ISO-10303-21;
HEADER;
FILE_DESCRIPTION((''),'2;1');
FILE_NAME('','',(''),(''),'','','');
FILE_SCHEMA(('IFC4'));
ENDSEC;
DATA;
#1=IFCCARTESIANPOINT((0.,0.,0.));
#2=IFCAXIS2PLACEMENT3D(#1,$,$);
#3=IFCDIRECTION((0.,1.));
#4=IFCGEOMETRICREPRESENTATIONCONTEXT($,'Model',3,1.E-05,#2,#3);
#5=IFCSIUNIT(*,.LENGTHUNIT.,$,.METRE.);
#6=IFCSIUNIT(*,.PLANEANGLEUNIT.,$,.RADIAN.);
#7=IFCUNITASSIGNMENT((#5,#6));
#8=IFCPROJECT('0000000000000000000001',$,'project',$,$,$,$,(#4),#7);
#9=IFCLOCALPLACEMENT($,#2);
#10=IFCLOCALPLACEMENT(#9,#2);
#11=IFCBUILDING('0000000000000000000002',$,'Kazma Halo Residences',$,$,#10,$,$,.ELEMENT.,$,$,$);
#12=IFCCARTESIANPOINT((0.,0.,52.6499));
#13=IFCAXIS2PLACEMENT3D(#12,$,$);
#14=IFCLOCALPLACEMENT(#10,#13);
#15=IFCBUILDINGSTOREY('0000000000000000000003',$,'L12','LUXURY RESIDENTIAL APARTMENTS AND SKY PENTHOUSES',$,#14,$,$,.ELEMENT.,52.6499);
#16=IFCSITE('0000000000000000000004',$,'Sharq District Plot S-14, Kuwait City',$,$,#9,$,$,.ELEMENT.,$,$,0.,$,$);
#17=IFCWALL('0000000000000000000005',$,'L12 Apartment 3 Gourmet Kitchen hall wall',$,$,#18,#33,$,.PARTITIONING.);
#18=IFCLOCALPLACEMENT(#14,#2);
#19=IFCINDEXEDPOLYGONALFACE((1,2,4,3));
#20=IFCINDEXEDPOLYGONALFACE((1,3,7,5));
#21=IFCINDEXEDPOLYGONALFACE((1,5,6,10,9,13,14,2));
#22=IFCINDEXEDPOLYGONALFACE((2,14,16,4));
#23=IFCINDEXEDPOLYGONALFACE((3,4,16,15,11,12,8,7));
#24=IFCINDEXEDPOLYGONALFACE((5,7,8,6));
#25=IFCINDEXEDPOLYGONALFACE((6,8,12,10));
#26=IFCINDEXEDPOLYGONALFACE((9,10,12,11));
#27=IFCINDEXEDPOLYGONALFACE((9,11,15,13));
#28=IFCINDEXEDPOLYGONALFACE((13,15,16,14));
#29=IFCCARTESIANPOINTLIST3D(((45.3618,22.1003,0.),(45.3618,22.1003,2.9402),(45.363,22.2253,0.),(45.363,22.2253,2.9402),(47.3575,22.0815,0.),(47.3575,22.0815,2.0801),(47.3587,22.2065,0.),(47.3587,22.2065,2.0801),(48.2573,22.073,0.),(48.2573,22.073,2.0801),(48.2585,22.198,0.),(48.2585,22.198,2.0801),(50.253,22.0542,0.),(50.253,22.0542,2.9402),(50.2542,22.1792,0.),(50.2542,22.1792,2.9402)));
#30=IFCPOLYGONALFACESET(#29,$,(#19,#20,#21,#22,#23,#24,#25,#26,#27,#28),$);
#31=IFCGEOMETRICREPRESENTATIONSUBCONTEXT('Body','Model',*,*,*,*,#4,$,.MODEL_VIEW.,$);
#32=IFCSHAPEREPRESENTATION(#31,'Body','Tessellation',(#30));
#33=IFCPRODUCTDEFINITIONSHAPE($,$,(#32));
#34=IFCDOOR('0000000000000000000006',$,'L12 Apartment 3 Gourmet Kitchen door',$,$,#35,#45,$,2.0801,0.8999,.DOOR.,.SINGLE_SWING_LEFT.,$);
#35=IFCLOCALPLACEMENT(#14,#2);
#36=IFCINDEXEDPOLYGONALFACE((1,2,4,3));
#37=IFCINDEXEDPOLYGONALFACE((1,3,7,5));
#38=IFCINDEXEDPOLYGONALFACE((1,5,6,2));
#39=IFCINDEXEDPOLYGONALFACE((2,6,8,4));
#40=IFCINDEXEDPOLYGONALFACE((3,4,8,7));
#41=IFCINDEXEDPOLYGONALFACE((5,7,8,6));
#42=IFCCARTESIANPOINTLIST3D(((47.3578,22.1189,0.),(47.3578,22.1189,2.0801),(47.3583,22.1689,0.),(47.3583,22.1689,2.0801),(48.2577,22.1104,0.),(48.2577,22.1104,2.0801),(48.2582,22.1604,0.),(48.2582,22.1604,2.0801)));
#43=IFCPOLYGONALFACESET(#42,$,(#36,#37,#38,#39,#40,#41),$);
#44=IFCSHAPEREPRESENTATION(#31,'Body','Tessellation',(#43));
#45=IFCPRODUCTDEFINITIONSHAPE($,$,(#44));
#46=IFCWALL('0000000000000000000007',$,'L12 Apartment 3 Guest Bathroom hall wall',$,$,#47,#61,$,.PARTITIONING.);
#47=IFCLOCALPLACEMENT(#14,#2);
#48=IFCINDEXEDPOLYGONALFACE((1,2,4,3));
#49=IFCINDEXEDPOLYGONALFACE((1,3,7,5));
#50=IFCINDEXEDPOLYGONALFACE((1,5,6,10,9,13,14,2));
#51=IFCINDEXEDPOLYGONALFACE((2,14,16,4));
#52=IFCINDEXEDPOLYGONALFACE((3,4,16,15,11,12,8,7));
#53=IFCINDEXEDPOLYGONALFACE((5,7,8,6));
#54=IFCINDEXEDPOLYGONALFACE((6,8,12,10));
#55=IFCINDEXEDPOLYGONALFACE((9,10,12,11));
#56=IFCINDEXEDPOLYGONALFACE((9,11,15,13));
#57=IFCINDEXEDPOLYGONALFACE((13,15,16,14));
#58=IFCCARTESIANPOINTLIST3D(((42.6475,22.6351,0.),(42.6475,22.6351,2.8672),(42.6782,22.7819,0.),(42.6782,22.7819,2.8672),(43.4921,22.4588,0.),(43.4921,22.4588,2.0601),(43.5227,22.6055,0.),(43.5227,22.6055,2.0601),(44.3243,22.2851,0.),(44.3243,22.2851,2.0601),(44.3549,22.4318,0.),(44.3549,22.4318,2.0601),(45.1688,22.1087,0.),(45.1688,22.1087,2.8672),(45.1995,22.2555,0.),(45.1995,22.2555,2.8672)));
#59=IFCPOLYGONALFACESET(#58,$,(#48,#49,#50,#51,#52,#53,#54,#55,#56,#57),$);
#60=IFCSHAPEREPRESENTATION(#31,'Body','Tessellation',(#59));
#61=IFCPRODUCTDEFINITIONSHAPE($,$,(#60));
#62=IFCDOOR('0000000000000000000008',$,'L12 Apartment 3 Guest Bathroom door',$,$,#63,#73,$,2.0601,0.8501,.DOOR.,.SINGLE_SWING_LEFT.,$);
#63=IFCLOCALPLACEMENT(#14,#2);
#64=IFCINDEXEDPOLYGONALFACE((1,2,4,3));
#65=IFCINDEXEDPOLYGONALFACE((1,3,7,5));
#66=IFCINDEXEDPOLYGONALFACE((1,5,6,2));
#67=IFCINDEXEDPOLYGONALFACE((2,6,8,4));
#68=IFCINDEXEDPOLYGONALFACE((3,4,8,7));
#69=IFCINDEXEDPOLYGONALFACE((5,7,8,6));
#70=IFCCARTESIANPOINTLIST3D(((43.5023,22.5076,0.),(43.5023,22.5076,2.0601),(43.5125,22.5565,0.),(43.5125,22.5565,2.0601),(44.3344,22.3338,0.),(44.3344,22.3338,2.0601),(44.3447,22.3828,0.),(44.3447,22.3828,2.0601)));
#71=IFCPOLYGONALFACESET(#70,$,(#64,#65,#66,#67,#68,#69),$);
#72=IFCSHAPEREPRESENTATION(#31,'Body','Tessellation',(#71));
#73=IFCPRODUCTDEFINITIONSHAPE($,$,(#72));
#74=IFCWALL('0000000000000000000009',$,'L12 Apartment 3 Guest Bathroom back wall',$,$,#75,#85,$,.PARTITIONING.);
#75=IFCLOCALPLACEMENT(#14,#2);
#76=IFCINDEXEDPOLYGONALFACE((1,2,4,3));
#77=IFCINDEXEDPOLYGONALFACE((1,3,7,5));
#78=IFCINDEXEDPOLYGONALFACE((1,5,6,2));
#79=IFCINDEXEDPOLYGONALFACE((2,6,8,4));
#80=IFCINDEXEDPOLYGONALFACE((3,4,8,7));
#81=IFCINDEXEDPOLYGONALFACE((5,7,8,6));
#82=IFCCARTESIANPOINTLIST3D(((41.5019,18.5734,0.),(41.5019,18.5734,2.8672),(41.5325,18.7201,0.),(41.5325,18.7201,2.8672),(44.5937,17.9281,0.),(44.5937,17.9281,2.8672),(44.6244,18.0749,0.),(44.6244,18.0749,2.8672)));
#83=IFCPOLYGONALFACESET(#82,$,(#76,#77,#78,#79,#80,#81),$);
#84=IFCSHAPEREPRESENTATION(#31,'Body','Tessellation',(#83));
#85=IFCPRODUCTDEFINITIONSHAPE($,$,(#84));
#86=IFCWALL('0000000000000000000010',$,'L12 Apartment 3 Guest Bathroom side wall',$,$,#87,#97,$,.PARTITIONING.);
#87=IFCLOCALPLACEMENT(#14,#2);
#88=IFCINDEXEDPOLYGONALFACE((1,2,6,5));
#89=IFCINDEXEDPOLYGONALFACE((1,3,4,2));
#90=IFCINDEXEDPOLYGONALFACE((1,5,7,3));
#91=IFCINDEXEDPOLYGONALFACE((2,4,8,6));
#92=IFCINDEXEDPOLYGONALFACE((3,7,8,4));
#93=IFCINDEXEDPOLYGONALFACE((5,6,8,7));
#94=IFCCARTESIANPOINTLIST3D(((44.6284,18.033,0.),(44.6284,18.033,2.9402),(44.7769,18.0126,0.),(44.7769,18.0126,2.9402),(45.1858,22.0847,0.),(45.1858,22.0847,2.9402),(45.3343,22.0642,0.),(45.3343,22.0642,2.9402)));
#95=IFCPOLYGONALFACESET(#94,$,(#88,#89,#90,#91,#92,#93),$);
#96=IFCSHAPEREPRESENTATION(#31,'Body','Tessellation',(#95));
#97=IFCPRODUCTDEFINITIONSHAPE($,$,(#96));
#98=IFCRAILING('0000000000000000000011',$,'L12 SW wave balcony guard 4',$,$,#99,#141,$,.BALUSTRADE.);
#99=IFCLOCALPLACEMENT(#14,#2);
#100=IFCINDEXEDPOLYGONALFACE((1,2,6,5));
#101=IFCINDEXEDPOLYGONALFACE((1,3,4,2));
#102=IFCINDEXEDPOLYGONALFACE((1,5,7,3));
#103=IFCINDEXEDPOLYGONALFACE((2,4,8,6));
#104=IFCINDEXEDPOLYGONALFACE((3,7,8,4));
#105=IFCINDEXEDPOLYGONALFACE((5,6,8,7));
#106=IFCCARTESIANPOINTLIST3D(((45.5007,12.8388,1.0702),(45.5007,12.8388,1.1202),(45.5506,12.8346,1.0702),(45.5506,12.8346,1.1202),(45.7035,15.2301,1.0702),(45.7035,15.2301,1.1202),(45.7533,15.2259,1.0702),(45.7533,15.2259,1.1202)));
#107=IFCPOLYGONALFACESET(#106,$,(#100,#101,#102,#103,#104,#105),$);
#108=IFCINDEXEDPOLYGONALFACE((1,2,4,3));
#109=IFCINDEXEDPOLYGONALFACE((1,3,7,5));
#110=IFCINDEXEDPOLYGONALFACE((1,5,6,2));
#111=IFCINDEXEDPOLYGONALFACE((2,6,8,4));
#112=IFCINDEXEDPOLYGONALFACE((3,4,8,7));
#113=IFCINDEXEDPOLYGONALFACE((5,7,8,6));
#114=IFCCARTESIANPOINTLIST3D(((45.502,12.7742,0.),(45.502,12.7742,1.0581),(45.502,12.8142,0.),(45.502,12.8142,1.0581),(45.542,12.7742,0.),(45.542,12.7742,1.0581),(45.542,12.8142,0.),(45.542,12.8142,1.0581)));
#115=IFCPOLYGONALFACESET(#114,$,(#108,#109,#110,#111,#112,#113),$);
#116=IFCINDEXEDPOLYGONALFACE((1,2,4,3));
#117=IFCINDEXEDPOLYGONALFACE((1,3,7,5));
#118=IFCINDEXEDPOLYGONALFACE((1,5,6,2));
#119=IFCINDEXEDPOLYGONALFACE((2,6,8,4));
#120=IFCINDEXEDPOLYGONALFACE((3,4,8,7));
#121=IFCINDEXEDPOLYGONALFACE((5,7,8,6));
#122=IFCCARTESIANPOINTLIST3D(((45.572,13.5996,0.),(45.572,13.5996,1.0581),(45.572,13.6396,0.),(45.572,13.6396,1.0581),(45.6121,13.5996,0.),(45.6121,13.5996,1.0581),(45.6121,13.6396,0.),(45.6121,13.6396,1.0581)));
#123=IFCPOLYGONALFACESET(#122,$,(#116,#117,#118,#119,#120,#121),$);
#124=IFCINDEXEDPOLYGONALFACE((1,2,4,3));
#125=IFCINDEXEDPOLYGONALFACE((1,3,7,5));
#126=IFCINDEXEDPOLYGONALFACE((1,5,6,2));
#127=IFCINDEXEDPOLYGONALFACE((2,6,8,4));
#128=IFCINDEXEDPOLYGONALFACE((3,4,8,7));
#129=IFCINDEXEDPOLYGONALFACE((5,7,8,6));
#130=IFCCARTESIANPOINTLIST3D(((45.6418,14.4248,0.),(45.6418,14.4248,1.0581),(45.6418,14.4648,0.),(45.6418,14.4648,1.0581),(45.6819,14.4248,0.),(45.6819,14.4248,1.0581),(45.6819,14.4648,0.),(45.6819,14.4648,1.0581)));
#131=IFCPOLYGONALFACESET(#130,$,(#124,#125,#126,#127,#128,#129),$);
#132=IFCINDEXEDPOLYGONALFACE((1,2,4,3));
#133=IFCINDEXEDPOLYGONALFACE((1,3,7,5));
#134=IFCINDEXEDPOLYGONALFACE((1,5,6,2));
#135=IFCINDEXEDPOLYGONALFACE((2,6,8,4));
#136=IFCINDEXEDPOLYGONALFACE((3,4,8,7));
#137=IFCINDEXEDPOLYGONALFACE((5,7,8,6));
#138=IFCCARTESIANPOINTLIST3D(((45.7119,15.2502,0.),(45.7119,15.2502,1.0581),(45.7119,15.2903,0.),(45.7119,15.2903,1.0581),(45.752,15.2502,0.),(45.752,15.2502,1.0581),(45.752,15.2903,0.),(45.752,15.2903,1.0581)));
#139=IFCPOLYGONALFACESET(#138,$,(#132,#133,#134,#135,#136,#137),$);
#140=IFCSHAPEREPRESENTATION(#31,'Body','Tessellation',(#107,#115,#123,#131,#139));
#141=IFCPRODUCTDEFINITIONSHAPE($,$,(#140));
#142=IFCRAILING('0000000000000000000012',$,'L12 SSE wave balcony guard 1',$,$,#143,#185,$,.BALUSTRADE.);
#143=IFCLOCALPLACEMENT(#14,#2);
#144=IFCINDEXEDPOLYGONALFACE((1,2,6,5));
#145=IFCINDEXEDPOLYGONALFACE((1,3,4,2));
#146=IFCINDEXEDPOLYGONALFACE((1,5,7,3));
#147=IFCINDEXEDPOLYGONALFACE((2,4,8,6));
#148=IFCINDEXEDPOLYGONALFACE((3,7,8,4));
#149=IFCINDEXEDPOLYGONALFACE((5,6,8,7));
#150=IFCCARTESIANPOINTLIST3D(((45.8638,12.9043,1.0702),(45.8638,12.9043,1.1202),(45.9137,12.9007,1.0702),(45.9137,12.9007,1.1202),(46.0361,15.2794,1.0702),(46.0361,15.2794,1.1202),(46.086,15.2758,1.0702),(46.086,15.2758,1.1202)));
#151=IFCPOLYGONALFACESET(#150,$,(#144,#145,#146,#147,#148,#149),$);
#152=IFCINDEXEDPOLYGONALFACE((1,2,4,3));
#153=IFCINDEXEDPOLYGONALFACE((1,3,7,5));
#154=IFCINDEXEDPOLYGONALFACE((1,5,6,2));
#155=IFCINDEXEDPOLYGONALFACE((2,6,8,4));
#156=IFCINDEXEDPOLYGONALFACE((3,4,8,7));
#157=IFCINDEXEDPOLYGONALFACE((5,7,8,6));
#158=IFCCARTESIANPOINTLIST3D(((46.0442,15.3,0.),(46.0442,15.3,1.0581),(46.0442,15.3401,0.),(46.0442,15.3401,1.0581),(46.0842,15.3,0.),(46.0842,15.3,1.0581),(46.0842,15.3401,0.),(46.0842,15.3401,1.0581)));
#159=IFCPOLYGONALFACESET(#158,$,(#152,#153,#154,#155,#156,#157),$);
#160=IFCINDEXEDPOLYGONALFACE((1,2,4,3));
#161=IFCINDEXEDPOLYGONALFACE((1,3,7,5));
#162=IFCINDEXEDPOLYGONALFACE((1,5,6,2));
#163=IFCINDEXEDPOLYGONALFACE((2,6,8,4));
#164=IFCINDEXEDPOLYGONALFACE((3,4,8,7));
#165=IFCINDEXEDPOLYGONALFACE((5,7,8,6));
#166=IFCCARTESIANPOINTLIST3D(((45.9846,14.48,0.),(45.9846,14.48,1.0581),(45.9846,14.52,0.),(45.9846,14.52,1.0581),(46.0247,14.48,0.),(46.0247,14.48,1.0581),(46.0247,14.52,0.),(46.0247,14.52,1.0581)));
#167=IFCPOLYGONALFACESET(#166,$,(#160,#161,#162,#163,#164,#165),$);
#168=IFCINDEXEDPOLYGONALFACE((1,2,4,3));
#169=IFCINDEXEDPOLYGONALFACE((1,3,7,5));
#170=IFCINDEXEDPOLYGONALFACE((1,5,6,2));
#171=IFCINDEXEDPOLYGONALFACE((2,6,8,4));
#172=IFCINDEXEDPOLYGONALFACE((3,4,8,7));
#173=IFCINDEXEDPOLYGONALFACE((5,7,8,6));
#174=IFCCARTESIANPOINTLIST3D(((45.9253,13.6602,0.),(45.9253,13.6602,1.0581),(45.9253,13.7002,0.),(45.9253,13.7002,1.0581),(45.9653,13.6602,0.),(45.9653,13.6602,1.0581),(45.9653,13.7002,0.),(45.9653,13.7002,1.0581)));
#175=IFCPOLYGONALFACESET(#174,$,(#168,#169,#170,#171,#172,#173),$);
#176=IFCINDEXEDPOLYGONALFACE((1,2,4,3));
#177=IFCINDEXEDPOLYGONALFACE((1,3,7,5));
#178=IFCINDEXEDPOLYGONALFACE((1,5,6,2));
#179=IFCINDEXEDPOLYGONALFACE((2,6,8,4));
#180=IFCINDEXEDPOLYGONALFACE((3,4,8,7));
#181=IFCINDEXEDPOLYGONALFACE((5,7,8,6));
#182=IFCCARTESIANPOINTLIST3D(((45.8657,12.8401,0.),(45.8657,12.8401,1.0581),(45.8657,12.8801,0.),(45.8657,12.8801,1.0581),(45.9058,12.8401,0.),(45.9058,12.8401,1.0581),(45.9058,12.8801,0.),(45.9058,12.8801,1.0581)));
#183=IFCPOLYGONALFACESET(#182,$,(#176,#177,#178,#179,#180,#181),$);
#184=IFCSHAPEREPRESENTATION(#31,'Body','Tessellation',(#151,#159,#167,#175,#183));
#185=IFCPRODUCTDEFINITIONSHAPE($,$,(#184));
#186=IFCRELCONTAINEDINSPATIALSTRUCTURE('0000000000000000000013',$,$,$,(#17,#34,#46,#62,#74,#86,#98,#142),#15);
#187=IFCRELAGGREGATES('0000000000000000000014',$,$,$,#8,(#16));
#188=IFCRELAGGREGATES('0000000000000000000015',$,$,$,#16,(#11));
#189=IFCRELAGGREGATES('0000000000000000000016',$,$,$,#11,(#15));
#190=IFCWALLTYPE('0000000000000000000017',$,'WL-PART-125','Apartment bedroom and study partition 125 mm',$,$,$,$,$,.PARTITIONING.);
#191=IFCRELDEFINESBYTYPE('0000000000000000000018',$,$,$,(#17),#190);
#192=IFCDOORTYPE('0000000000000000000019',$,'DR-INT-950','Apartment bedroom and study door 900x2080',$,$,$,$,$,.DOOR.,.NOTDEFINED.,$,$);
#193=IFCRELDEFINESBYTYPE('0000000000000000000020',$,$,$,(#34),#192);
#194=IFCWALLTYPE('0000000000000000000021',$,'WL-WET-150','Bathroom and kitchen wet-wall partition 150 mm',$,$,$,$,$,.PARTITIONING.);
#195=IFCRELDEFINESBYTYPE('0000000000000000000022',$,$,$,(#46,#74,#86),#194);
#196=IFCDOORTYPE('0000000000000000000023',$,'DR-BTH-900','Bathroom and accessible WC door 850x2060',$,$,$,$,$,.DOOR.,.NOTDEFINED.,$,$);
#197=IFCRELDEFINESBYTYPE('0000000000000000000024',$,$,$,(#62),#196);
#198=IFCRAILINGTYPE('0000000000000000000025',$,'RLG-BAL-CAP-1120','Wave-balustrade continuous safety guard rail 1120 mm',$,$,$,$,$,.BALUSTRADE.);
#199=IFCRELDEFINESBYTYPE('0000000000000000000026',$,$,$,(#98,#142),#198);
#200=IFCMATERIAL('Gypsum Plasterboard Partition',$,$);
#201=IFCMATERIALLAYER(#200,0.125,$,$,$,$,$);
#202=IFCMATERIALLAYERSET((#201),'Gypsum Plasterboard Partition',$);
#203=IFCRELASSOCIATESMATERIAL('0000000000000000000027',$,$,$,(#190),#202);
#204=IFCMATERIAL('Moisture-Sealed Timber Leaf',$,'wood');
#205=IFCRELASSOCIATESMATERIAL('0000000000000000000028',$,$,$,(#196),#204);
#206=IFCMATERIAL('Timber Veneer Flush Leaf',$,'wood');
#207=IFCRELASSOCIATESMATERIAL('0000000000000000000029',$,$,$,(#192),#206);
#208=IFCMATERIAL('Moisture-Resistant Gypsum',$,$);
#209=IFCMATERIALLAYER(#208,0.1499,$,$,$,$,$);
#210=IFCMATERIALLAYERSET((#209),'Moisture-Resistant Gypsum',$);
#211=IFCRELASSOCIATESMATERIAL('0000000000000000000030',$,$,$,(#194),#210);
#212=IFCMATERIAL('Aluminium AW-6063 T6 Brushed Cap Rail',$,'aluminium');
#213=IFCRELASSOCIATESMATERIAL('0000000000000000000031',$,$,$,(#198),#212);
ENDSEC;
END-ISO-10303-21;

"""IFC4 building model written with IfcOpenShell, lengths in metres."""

from ifc_helpers import new_model, si_unit, direction, frame, frame_2d, origin, origin_2d, place, context, subcontext, project, spatial, rectangle, extrude, material, layer, layer_set, type_object, element, fill, save


model = new_model("IFC4")

# Units and contexts
model_context = context("Model", 3, precision=1e-05, world=origin(), true_north=direction((0.0, 1.0)))
body_context = subcontext(model_context, "Body", "Model", "MODEL_VIEW")
ifc_project = project(units=[si_unit("LENGTHUNIT", "METRE"), si_unit("PLANEANGLEUNIT", "RADIAN")], contexts=[model_context])

# Site, building, storey
site_placement = place(None, origin())
site = spatial("IfcSite", under=ifc_project, at=site_placement, Name="Sharq District Plot S-14, Kuwait City", CompositionType="ELEMENT", RefElevation=0.0)
building_placement = place(site_placement, origin())
building = spatial("IfcBuilding", under=site, at=building_placement, Name="Kazma Halo Residences", CompositionType="ELEMENT")
storey_placement = place(building_placement, frame((0.0, 0.0, 52.6499)))
storey = spatial("IfcBuildingStorey", under=building, at=storey_placement, Name="L12", Description="LUXURY RESIDENTIAL APARTMENTS AND SKY PENTHOUSES", CompositionType="ELEMENT", Elevation=52.6499)

# Shared definitions
ifc_material_1 = material(Name="Gypsum Plasterboard Partition")
ifc_layer_1 = layer(ifc_material_1, 0.125)
ifc_layer_set_1 = layer_set([ifc_layer_1], Name="Gypsum Plasterboard Partition")
wall_type_1 = type_object("IfcWallType", Name="WL-PART-125", Description="Apartment bedroom and study partition 125 mm", PredefinedType="PARTITIONING", material=ifc_layer_set_1)

# Walls, openings, doors
ifc_material_2 = material(Name="Moisture-Sealed Timber Leaf", Category="wood")
door_type_1 = type_object("IfcDoorType", Name="DR-BTH-900", Description="Bathroom and accessible WC door 850x2060", OperationType="NOTDEFINED", PredefinedType="DOOR", material=ifc_material_2)
wall_1_placement = place(storey_placement, frame((45.3623, 22.1628, 0.0), z_axis=(0.0, 0.0, 1.0), x_axis=(0.999956, -0.009434, 0.0)))
wall_1 = element("IfcWall", 1, at=wall_1_placement, inside=storey, type_object=wall_type_1, Name="L12 Apartment 3 Gourmet Kitchen hall wall", PredefinedType="PARTITIONING", context=body_context, shape_type="SweptSolid", body=[
    extrude(rectangle(XDim=4.8914, YDim=0.125, at=frame_2d((2.4458, 0.0))), origin(), (0.0, 0.0, 1.0), 2.9402),
])
opening_1_placement = place(wall_1_placement, frame((1.9958, 0.0, 0.0)))
opening_1 = element("IfcOpeningElement", 2, at=opening_1_placement, cuts=wall_1, PredefinedType="OPENING", context=body_context, shape_type="SweptSolid", body=[
    extrude(rectangle(XDim=0.8999, YDim=2.0801, at=frame_2d((0.45, 1.04))), frame((0.0, 0.0725, 0.0), z_axis=(0.0, -1.0, 0.0), x_axis=(1.0, 0.0, 0.0)), (0.0, 0.0, 1.0), 0.145),
])
ifc_material_3 = material(Name="Timber Veneer Flush Leaf", Category="wood")
door_type_2 = type_object("IfcDoorType", Name="DR-INT-950", Description="Apartment bedroom and study door 900x2080", OperationType="NOTDEFINED", PredefinedType="DOOR", material=ifc_material_3)
door_1_placement = place(opening_1_placement, origin())
door_1 = element("IfcDoor", 3, at=door_1_placement, inside=storey, type_object=door_type_2, Name="L12 Apartment 3 Gourmet Kitchen door", OperationType="SINGLE_SWING_LEFT", OverallHeight=2.0801, OverallWidth=0.8999, PredefinedType="DOOR", context=body_context, shape_type="SweptSolid", body=[
    extrude(rectangle(XDim=0.8999, YDim=2.0801, at=frame_2d((0.45, 1.04))), frame((0.0, 0.0249, 0.0), z_axis=(0.0, -1.0, 0.0), x_axis=(1.0, 0.0, 0.0)), (0.0, 0.0, 1.0), 0.05),
])
fill(opening_1, door_1)
ifc_material_4 = material(Name="Moisture-Resistant Gypsum")
ifc_layer_2 = layer(ifc_material_4, 0.1499)
ifc_layer_set_2 = layer_set([ifc_layer_2], Name="Moisture-Resistant Gypsum")
wall_type_2 = type_object("IfcWallType", Name="WL-WET-150", Description="Bathroom and kitchen wet-wall partition 150 mm", PredefinedType="PARTITIONING", material=ifc_layer_set_2)
wall_2_placement = place(storey_placement, frame((42.6628, 22.7085, 0.0), z_axis=(0.0, 0.0, 1.0), x_axis=(0.978894, -0.204367, 0.0)))
wall_2 = element("IfcWall", 4, at=wall_2_placement, inside=storey, type_object=wall_type_2, Name="L12 Apartment 3 Guest Bathroom hall wall", PredefinedType="PARTITIONING", context=body_context, shape_type="SweptSolid", body=[
    extrude(rectangle(XDim=2.5757, YDim=0.1499, at=frame_2d((1.2878, 0.0))), origin(), (0.0, 0.0, 1.0), 2.8672),
])
opening_2_placement = place(wall_2_placement, frame((0.8628, 0.0, 0.0)))
opening_2 = element("IfcOpeningElement", 5, at=opening_2_placement, cuts=wall_2, PredefinedType="OPENING", context=body_context, shape_type="SweptSolid", body=[
    extrude(rectangle(XDim=0.8501, YDim=2.0601, at=frame_2d((0.425, 1.03))), frame((0.0, 0.085, 0.0), z_axis=(0.0, -1.0, 0.0), x_axis=(1.0, 0.0, 0.0)), (0.0, 0.0, 1.0), 0.1699),
])
door_2_placement = place(opening_2_placement, origin())
door_2 = element("IfcDoor", 6, at=door_2_placement, inside=storey, type_object=door_type_1, Name="L12 Apartment 3 Guest Bathroom door", OperationType="SINGLE_SWING_LEFT", OverallHeight=2.0601, OverallWidth=0.8501, PredefinedType="DOOR", context=body_context, shape_type="SweptSolid", body=[
    extrude(rectangle(XDim=0.8501, YDim=2.0601, at=frame_2d((0.425, 1.03))), frame((0.0, 0.0249, 0.0), z_axis=(0.0, -1.0, 0.0), x_axis=(1.0, 0.0, 0.0)), (0.0, 0.0, 1.0), 0.05),
])
fill(opening_2, door_2)

# Walls
wall_3_placement = place(storey_placement, frame((41.5173, 18.6467, 0.0), z_axis=(0.0, 0.0, 1.0), x_axis=(0.978908, -0.2043, 0.0)))
element("IfcWall", 7, at=wall_3_placement, inside=storey, type_object=wall_type_2, Name="L12 Apartment 3 Guest Bathroom back wall", PredefinedType="PARTITIONING", context=body_context, shape_type="SweptSolid", body=[
    extrude(rectangle(XDim=3.1584, YDim=0.1499, at=frame_2d((1.5791, 0.0))), origin(), (0.0, 0.0, 1.0), 2.8672),
])
wall_4_placement = place(storey_placement, frame((45.26, 22.0745, 0.0), z_axis=(0.0, 0.0, 1.0), x_axis=(-0.13628, -0.99067, 0.0)))
element("IfcWall", 8, at=wall_4_placement, inside=storey, type_object=wall_type_2, Name="L12 Apartment 3 Guest Bathroom side wall", PredefinedType="PARTITIONING", context=body_context, shape_type="SweptSolid", body=[
    extrude(rectangle(XDim=4.0898, YDim=0.1499, at=frame_2d((2.0449, 0.0))), origin(), (0.0, 0.0, 1.0), 2.9402),
])

# Railings
ifc_material_5 = material(Name="Aluminium AW-6063 T6 Brushed Cap Rail", Category="aluminium")
railing_type = type_object("IfcRailingType", Name="RLG-BAL-CAP-1120", Description="Wave-balustrade continuous safety guard rail 1120 mm", PredefinedType="BALUSTRADE", material=ifc_material_5)
railing_1_placement = place(storey_placement, frame((45.522, 12.7942, 0.0)))
element("IfcRailing", 9, at=railing_1_placement, inside=storey, type_object=railing_type, Name="L12 SW wave balcony guard 4", PredefinedType="BALUSTRADE", context=body_context, shape_type="SweptSolid", body=[
    extrude(rectangle(XDim=0.05, YDim=0.05, at=origin_2d()), frame((0.0037, 0.0425, 1.0952), z_axis=(0.084493, 0.996424, 0.0), x_axis=(-0.996424, 0.084493, 0.0)), (0.0, 0.0, 1.0), 2.3999),
    extrude(rectangle(XDim=0.04, YDim=0.04, at=origin_2d()), origin(), (0.0, 0.0, 1.0), 1.0581),
    extrude(rectangle(XDim=0.04, YDim=0.04, at=origin_2d()), frame((0.0701, 0.8254, 0.0)), (0.0, 0.0, 1.0), 1.0581),
    extrude(rectangle(XDim=0.04, YDim=0.04, at=origin_2d()), frame((0.1399, 1.6506, 0.0)), (0.0, 0.0, 1.0), 1.0581),
    extrude(rectangle(XDim=0.04, YDim=0.04, at=origin_2d()), frame((0.21, 2.4761, 0.0)), (0.0, 0.0, 1.0), 1.0581),
])
railing_2_placement = place(storey_placement, frame((46.0642, 15.3201, 0.0)))
element("IfcRailing", 10, at=railing_2_placement, inside=storey, type_object=railing_type, Name="L12 SSE wave balcony guard 1", PredefinedType="BALUSTRADE", context=body_context, shape_type="SweptSolid", body=[
    extrude(rectangle(XDim=0.05, YDim=0.05, at=origin_2d()), frame((-0.0032, -0.0425, 1.0952), z_axis=(-0.072358, -0.997379, 0.0), x_axis=(0.997379, -0.072358, 0.0)), (0.0, 0.0, 1.0), 2.3813),
    extrude(rectangle(XDim=0.04, YDim=0.04, at=origin_2d()), origin(), (0.0, 0.0, 1.0), 1.0581),
    extrude(rectangle(XDim=0.04, YDim=0.04, at=origin_2d()), frame((-0.0596, -0.8201, 0.0)), (0.0, 0.0, 1.0), 1.0581),
    extrude(rectangle(XDim=0.04, YDim=0.04, at=origin_2d()), frame((-0.1189, -1.6399, 0.0)), (0.0, 0.0, 1.0), 1.0581),
    extrude(rectangle(XDim=0.04, YDim=0.04, at=origin_2d()), frame((-0.1785, -2.46, 0.0)), (0.0, 0.0, 1.0), 1.0581),
])

save(model, "model.ifc")
